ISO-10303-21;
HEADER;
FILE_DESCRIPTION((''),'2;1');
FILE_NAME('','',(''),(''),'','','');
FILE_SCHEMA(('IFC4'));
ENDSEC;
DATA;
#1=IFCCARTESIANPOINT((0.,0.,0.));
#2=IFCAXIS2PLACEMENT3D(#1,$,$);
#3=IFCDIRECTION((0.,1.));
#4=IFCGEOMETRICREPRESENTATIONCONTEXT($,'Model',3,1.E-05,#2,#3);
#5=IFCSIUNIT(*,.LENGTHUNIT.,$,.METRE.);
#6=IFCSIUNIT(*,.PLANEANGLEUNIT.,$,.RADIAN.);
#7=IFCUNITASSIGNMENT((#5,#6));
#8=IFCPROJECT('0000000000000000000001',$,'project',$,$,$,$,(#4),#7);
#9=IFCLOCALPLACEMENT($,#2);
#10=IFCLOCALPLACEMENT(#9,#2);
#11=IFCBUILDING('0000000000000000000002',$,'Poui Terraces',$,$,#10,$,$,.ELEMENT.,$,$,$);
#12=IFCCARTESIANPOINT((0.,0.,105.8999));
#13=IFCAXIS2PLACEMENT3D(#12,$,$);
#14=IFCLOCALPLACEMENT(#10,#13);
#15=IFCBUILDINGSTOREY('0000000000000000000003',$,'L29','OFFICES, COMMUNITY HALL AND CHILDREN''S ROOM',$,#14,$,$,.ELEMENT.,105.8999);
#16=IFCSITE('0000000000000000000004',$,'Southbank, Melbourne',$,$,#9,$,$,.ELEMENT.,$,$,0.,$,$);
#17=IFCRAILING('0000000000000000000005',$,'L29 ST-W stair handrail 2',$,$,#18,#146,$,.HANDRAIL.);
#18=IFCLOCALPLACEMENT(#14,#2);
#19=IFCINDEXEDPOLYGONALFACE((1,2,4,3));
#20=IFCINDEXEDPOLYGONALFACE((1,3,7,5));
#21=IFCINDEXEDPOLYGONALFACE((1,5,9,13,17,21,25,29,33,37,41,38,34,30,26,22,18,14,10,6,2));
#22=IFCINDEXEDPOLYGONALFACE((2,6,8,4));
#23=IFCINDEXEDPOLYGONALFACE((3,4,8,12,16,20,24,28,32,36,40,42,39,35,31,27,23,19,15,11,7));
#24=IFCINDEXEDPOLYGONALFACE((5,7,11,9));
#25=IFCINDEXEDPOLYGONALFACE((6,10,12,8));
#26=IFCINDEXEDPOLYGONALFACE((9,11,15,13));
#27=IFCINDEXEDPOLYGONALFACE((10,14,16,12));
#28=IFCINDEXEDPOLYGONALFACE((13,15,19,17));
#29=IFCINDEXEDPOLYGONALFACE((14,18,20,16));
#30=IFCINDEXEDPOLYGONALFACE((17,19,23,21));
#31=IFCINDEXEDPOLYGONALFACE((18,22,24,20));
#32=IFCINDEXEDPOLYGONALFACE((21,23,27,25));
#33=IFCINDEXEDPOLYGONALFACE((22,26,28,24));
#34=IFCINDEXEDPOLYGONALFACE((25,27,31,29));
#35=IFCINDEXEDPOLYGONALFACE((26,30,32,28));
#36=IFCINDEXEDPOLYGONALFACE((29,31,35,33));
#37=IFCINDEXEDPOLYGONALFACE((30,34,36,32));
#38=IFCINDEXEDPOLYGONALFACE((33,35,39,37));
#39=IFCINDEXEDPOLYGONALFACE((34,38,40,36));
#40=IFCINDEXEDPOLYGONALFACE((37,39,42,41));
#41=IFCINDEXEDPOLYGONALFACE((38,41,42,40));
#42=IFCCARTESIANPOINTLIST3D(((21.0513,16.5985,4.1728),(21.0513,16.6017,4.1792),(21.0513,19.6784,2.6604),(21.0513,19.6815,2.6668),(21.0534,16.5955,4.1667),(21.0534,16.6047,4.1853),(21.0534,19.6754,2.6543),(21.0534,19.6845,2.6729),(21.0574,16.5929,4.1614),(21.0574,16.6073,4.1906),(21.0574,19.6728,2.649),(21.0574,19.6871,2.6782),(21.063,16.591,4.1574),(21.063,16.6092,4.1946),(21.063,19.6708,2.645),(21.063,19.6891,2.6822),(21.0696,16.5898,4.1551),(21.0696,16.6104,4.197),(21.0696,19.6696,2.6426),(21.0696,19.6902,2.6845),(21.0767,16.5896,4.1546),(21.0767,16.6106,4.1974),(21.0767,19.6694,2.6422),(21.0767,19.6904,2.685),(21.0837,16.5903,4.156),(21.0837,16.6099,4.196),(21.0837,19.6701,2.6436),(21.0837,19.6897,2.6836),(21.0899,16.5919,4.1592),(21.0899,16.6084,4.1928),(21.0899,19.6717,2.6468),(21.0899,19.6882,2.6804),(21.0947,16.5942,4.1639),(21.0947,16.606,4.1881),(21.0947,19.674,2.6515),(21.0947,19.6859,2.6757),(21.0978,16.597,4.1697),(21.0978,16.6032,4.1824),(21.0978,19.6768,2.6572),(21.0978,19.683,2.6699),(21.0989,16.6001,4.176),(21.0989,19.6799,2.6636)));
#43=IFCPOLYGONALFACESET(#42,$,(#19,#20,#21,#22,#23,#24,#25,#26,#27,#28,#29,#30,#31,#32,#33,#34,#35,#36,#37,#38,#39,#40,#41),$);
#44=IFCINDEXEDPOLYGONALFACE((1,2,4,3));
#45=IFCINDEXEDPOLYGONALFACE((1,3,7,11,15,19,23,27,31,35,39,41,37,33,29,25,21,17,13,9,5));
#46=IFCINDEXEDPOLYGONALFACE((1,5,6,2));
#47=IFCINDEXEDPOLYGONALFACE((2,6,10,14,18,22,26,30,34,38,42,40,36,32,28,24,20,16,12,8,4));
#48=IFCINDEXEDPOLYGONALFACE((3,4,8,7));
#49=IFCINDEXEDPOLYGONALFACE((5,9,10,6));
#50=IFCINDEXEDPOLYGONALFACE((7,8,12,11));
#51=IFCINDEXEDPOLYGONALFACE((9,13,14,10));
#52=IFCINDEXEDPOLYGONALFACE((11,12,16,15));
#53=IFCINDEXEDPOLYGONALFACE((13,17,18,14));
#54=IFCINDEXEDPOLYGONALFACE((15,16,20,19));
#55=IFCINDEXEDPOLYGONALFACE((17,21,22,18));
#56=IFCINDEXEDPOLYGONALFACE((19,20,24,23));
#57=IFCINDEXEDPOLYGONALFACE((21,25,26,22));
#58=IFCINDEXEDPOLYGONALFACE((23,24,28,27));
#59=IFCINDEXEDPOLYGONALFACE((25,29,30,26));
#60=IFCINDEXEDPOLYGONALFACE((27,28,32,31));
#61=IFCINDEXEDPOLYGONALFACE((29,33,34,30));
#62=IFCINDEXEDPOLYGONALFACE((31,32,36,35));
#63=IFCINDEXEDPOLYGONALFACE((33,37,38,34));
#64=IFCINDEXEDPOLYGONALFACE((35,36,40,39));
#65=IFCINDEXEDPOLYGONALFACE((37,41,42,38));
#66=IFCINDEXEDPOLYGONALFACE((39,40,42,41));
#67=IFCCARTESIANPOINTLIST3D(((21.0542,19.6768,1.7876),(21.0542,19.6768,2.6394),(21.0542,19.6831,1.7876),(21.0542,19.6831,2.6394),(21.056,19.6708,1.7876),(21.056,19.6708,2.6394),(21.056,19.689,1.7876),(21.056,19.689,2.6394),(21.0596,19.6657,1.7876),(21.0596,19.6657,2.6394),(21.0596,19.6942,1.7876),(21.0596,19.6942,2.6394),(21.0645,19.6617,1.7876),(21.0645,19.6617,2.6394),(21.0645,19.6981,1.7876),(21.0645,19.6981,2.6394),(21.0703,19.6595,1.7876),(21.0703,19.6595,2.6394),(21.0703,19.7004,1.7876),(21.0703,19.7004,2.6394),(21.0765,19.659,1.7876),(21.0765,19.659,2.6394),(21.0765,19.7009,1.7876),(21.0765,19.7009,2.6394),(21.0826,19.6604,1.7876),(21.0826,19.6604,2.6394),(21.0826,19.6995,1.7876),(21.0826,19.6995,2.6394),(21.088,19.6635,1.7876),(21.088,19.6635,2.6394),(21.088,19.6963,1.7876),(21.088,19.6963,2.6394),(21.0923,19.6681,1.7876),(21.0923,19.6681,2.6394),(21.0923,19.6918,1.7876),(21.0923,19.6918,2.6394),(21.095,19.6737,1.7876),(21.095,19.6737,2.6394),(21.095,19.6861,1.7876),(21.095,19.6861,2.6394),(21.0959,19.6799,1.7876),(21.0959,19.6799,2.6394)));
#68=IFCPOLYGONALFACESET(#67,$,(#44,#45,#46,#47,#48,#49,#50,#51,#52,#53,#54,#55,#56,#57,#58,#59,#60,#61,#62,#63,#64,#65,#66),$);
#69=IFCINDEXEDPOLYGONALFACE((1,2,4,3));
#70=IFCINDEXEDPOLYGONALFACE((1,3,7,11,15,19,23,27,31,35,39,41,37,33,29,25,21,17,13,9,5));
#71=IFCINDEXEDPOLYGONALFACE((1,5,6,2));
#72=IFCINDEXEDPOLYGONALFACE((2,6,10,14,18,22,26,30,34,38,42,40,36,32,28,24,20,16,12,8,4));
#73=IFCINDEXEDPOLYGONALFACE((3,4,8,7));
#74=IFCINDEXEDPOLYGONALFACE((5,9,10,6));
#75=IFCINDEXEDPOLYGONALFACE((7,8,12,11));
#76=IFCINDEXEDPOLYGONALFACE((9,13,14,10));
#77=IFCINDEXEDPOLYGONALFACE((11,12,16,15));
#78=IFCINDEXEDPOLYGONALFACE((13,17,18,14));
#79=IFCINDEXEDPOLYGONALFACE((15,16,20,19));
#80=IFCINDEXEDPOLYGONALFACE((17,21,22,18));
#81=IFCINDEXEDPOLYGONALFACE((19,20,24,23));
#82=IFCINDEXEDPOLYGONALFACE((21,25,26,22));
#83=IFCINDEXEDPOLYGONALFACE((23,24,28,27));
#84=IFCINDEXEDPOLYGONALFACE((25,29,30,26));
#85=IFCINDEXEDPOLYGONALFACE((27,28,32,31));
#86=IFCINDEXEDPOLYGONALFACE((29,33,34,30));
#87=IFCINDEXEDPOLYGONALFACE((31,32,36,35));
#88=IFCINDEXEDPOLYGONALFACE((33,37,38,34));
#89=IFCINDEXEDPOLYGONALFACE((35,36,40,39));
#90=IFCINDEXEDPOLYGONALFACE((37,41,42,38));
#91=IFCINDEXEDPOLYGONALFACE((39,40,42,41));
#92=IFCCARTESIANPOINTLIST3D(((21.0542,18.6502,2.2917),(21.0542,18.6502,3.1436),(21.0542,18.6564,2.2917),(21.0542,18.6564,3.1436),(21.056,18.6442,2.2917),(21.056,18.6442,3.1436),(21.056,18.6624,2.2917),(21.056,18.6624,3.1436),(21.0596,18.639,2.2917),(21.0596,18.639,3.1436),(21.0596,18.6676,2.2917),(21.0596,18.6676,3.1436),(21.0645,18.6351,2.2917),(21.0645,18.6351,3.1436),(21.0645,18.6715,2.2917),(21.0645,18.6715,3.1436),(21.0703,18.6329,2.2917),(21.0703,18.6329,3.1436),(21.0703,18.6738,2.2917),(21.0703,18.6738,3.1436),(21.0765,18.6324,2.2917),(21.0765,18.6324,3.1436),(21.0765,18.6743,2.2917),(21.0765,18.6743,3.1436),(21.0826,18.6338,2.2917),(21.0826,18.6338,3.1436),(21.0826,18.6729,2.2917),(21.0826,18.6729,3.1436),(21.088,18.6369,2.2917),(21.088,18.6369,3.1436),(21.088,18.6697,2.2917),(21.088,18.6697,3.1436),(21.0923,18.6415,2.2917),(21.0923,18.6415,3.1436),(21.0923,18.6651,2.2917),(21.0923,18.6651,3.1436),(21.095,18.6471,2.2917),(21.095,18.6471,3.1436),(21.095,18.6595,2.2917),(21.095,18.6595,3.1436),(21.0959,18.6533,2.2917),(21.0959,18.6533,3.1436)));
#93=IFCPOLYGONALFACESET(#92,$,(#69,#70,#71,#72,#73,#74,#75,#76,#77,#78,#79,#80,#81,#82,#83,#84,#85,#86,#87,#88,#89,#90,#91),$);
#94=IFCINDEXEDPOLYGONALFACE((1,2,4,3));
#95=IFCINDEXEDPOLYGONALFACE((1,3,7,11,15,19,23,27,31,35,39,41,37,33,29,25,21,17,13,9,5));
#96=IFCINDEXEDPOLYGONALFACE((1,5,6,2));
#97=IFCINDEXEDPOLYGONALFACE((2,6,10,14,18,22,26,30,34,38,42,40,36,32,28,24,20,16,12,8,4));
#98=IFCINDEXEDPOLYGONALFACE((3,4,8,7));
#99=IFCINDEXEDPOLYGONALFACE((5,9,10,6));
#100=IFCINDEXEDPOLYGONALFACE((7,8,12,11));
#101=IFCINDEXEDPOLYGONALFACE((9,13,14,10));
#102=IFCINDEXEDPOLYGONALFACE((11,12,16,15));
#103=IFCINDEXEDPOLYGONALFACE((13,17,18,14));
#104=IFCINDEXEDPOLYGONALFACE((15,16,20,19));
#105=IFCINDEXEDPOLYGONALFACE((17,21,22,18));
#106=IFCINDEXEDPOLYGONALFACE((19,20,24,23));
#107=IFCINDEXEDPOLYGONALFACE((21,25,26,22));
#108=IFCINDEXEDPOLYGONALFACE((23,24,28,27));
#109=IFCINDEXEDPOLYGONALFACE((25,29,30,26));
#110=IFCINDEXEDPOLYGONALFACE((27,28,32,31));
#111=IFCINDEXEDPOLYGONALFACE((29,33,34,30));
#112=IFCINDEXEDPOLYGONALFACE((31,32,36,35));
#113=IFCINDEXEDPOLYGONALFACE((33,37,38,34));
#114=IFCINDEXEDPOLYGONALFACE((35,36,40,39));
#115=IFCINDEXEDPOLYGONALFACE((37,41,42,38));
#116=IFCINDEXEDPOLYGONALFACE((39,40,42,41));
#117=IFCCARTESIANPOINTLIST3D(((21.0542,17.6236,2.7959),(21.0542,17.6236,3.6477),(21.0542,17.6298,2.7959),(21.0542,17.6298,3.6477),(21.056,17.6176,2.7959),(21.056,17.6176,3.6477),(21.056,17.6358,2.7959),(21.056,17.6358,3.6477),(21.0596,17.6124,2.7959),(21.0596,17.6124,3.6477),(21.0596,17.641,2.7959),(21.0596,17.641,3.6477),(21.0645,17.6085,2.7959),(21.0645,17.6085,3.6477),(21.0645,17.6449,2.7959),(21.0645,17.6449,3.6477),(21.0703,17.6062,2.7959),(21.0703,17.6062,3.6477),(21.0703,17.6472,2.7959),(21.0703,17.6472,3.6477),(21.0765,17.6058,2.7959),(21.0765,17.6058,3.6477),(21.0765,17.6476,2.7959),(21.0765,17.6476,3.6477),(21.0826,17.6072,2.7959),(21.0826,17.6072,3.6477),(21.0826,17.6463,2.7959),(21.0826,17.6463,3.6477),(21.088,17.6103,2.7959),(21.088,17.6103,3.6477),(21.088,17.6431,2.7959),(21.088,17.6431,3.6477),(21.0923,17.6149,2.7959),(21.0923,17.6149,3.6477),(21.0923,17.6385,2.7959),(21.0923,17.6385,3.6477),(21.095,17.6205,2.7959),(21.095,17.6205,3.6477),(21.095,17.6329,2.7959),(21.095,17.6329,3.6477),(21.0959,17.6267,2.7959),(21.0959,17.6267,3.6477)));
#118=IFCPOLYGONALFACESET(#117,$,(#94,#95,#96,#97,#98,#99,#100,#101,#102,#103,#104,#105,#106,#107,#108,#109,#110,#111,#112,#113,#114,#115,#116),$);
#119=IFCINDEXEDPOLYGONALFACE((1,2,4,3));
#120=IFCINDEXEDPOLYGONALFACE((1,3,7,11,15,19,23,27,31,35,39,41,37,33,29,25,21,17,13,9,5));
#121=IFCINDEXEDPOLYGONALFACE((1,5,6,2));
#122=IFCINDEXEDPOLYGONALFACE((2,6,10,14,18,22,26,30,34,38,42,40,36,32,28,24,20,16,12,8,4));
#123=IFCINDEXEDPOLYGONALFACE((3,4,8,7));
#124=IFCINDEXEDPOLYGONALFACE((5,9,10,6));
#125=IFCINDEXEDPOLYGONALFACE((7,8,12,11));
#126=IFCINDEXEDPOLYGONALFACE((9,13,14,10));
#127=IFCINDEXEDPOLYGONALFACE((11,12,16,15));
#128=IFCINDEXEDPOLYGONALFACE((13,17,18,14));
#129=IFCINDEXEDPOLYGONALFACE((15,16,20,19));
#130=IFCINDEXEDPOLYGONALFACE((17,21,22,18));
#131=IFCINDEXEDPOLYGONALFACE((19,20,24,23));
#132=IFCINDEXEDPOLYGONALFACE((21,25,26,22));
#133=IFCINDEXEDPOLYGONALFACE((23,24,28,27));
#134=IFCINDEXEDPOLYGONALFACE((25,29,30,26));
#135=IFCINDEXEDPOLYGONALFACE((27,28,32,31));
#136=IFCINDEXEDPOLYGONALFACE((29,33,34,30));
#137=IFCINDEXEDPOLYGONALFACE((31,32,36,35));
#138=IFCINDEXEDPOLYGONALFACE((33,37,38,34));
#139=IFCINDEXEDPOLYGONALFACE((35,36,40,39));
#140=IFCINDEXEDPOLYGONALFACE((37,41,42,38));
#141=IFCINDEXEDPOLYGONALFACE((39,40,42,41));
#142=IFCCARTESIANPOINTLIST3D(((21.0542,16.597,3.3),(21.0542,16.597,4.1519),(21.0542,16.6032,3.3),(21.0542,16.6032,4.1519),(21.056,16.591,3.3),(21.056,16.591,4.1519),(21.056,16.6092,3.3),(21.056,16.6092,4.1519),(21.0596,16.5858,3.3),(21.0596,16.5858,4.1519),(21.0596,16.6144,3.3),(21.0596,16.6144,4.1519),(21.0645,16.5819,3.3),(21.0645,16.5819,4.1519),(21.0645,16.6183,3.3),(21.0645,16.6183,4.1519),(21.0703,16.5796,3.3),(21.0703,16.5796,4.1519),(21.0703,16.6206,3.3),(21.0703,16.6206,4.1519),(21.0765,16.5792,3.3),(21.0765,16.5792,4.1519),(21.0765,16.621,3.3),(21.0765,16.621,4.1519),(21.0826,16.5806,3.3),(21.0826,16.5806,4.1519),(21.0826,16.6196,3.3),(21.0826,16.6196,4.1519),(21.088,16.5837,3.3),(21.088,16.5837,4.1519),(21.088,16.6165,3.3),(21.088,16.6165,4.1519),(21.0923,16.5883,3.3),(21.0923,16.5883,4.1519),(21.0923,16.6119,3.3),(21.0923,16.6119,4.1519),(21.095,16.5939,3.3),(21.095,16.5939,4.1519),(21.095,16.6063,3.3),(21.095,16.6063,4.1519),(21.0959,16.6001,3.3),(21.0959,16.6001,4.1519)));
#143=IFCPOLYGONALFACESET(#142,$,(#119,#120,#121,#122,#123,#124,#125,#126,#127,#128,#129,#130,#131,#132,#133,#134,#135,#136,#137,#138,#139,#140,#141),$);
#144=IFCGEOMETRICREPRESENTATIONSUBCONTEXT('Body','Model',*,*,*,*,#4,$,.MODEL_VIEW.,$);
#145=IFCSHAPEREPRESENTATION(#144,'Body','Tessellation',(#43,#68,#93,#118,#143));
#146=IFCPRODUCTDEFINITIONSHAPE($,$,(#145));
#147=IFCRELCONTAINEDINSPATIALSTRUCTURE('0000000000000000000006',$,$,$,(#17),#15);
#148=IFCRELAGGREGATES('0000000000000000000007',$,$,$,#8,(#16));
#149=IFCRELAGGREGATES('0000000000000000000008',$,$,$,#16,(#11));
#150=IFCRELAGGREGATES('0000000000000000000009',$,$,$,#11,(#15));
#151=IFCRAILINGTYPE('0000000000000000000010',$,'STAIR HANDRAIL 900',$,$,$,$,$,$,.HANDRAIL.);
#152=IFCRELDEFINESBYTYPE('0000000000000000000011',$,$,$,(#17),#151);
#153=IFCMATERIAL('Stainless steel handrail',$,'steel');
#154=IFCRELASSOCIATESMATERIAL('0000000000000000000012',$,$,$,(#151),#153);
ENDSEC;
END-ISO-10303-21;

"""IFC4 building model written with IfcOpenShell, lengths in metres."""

from ifc_helpers import new_model, si_unit, direction, frame, origin, origin_2d, place, context, subcontext, project, spatial, circle, extrude, material, type_object, element, save


model = new_model("IFC4")

# Units and contexts
model_context = context("Model", 3, precision=1e-05, world=origin(), true_north=direction((0.0, 1.0)))
body_context = subcontext(model_context, "Body", "Model", "MODEL_VIEW")
ifc_project = project(units=[si_unit("LENGTHUNIT", "METRE"), si_unit("PLANEANGLEUNIT", "RADIAN")], contexts=[model_context])

# Site, building, storey
site_placement = place(None, origin())
site = spatial("IfcSite", under=ifc_project, at=site_placement, Name="Southbank, Melbourne", CompositionType="ELEMENT", RefElevation=0.0)
building_placement = place(site_placement, origin())
building = spatial("IfcBuilding", under=site, at=building_placement, Name="Poui Terraces", CompositionType="ELEMENT")
storey_placement = place(building_placement, frame((0.0, 0.0, 105.8999)))
storey = spatial("IfcBuildingStorey", under=building, at=storey_placement, Name="L29", Description="OFFICES, COMMUNITY HALL AND CHILDREN'S ROOM", CompositionType="ELEMENT", Elevation=105.8999)

# Railing
ifc_material_1 = material(Name="Stainless steel handrail", Category="steel")
railing_type_1 = type_object("IfcRailingType", Name="STAIR HANDRAIL 900", PredefinedType="HANDRAIL", material=ifc_material_1)
railing_1_placement = place(storey_placement, frame((21.075, 19.6799, 1.7876)))
element("IfcRailing", 1, at=railing_1_placement, inside=storey, type_object=railing_type_1, Name="L29 ST-W stair handrail 2", PredefinedType="HANDRAIL", context=body_context, shape_type="SweptSolid", body=[
    extrude(circle(Radius=0.0239, at=origin_2d()), frame((0.0, 0.0, 0.876), z_axis=(0.0, -0.897606, 0.440798), x_axis=(1.0, 0.0, 0.0)), (0.0, 0.0, 1.0), 3.4312),
    extrude(circle(Radius=0.021, at=origin_2d()), origin(), (0.0, 0.0, 1.0), 0.8518),
    extrude(circle(Radius=0.021, at=origin_2d()), frame((0.0, -1.0266, 0.5042)), (0.0, 0.0, 1.0), 0.8518),
    extrude(circle(Radius=0.021, at=origin_2d()), frame((0.0, -2.0532, 1.0083)), (0.0, 0.0, 1.0), 0.8518),
    extrude(circle(Radius=0.021, at=origin_2d()), frame((0.0, -3.0798, 1.5125)), (0.0, 0.0, 1.0), 0.8518),
])

save(model, "model.ifc")
